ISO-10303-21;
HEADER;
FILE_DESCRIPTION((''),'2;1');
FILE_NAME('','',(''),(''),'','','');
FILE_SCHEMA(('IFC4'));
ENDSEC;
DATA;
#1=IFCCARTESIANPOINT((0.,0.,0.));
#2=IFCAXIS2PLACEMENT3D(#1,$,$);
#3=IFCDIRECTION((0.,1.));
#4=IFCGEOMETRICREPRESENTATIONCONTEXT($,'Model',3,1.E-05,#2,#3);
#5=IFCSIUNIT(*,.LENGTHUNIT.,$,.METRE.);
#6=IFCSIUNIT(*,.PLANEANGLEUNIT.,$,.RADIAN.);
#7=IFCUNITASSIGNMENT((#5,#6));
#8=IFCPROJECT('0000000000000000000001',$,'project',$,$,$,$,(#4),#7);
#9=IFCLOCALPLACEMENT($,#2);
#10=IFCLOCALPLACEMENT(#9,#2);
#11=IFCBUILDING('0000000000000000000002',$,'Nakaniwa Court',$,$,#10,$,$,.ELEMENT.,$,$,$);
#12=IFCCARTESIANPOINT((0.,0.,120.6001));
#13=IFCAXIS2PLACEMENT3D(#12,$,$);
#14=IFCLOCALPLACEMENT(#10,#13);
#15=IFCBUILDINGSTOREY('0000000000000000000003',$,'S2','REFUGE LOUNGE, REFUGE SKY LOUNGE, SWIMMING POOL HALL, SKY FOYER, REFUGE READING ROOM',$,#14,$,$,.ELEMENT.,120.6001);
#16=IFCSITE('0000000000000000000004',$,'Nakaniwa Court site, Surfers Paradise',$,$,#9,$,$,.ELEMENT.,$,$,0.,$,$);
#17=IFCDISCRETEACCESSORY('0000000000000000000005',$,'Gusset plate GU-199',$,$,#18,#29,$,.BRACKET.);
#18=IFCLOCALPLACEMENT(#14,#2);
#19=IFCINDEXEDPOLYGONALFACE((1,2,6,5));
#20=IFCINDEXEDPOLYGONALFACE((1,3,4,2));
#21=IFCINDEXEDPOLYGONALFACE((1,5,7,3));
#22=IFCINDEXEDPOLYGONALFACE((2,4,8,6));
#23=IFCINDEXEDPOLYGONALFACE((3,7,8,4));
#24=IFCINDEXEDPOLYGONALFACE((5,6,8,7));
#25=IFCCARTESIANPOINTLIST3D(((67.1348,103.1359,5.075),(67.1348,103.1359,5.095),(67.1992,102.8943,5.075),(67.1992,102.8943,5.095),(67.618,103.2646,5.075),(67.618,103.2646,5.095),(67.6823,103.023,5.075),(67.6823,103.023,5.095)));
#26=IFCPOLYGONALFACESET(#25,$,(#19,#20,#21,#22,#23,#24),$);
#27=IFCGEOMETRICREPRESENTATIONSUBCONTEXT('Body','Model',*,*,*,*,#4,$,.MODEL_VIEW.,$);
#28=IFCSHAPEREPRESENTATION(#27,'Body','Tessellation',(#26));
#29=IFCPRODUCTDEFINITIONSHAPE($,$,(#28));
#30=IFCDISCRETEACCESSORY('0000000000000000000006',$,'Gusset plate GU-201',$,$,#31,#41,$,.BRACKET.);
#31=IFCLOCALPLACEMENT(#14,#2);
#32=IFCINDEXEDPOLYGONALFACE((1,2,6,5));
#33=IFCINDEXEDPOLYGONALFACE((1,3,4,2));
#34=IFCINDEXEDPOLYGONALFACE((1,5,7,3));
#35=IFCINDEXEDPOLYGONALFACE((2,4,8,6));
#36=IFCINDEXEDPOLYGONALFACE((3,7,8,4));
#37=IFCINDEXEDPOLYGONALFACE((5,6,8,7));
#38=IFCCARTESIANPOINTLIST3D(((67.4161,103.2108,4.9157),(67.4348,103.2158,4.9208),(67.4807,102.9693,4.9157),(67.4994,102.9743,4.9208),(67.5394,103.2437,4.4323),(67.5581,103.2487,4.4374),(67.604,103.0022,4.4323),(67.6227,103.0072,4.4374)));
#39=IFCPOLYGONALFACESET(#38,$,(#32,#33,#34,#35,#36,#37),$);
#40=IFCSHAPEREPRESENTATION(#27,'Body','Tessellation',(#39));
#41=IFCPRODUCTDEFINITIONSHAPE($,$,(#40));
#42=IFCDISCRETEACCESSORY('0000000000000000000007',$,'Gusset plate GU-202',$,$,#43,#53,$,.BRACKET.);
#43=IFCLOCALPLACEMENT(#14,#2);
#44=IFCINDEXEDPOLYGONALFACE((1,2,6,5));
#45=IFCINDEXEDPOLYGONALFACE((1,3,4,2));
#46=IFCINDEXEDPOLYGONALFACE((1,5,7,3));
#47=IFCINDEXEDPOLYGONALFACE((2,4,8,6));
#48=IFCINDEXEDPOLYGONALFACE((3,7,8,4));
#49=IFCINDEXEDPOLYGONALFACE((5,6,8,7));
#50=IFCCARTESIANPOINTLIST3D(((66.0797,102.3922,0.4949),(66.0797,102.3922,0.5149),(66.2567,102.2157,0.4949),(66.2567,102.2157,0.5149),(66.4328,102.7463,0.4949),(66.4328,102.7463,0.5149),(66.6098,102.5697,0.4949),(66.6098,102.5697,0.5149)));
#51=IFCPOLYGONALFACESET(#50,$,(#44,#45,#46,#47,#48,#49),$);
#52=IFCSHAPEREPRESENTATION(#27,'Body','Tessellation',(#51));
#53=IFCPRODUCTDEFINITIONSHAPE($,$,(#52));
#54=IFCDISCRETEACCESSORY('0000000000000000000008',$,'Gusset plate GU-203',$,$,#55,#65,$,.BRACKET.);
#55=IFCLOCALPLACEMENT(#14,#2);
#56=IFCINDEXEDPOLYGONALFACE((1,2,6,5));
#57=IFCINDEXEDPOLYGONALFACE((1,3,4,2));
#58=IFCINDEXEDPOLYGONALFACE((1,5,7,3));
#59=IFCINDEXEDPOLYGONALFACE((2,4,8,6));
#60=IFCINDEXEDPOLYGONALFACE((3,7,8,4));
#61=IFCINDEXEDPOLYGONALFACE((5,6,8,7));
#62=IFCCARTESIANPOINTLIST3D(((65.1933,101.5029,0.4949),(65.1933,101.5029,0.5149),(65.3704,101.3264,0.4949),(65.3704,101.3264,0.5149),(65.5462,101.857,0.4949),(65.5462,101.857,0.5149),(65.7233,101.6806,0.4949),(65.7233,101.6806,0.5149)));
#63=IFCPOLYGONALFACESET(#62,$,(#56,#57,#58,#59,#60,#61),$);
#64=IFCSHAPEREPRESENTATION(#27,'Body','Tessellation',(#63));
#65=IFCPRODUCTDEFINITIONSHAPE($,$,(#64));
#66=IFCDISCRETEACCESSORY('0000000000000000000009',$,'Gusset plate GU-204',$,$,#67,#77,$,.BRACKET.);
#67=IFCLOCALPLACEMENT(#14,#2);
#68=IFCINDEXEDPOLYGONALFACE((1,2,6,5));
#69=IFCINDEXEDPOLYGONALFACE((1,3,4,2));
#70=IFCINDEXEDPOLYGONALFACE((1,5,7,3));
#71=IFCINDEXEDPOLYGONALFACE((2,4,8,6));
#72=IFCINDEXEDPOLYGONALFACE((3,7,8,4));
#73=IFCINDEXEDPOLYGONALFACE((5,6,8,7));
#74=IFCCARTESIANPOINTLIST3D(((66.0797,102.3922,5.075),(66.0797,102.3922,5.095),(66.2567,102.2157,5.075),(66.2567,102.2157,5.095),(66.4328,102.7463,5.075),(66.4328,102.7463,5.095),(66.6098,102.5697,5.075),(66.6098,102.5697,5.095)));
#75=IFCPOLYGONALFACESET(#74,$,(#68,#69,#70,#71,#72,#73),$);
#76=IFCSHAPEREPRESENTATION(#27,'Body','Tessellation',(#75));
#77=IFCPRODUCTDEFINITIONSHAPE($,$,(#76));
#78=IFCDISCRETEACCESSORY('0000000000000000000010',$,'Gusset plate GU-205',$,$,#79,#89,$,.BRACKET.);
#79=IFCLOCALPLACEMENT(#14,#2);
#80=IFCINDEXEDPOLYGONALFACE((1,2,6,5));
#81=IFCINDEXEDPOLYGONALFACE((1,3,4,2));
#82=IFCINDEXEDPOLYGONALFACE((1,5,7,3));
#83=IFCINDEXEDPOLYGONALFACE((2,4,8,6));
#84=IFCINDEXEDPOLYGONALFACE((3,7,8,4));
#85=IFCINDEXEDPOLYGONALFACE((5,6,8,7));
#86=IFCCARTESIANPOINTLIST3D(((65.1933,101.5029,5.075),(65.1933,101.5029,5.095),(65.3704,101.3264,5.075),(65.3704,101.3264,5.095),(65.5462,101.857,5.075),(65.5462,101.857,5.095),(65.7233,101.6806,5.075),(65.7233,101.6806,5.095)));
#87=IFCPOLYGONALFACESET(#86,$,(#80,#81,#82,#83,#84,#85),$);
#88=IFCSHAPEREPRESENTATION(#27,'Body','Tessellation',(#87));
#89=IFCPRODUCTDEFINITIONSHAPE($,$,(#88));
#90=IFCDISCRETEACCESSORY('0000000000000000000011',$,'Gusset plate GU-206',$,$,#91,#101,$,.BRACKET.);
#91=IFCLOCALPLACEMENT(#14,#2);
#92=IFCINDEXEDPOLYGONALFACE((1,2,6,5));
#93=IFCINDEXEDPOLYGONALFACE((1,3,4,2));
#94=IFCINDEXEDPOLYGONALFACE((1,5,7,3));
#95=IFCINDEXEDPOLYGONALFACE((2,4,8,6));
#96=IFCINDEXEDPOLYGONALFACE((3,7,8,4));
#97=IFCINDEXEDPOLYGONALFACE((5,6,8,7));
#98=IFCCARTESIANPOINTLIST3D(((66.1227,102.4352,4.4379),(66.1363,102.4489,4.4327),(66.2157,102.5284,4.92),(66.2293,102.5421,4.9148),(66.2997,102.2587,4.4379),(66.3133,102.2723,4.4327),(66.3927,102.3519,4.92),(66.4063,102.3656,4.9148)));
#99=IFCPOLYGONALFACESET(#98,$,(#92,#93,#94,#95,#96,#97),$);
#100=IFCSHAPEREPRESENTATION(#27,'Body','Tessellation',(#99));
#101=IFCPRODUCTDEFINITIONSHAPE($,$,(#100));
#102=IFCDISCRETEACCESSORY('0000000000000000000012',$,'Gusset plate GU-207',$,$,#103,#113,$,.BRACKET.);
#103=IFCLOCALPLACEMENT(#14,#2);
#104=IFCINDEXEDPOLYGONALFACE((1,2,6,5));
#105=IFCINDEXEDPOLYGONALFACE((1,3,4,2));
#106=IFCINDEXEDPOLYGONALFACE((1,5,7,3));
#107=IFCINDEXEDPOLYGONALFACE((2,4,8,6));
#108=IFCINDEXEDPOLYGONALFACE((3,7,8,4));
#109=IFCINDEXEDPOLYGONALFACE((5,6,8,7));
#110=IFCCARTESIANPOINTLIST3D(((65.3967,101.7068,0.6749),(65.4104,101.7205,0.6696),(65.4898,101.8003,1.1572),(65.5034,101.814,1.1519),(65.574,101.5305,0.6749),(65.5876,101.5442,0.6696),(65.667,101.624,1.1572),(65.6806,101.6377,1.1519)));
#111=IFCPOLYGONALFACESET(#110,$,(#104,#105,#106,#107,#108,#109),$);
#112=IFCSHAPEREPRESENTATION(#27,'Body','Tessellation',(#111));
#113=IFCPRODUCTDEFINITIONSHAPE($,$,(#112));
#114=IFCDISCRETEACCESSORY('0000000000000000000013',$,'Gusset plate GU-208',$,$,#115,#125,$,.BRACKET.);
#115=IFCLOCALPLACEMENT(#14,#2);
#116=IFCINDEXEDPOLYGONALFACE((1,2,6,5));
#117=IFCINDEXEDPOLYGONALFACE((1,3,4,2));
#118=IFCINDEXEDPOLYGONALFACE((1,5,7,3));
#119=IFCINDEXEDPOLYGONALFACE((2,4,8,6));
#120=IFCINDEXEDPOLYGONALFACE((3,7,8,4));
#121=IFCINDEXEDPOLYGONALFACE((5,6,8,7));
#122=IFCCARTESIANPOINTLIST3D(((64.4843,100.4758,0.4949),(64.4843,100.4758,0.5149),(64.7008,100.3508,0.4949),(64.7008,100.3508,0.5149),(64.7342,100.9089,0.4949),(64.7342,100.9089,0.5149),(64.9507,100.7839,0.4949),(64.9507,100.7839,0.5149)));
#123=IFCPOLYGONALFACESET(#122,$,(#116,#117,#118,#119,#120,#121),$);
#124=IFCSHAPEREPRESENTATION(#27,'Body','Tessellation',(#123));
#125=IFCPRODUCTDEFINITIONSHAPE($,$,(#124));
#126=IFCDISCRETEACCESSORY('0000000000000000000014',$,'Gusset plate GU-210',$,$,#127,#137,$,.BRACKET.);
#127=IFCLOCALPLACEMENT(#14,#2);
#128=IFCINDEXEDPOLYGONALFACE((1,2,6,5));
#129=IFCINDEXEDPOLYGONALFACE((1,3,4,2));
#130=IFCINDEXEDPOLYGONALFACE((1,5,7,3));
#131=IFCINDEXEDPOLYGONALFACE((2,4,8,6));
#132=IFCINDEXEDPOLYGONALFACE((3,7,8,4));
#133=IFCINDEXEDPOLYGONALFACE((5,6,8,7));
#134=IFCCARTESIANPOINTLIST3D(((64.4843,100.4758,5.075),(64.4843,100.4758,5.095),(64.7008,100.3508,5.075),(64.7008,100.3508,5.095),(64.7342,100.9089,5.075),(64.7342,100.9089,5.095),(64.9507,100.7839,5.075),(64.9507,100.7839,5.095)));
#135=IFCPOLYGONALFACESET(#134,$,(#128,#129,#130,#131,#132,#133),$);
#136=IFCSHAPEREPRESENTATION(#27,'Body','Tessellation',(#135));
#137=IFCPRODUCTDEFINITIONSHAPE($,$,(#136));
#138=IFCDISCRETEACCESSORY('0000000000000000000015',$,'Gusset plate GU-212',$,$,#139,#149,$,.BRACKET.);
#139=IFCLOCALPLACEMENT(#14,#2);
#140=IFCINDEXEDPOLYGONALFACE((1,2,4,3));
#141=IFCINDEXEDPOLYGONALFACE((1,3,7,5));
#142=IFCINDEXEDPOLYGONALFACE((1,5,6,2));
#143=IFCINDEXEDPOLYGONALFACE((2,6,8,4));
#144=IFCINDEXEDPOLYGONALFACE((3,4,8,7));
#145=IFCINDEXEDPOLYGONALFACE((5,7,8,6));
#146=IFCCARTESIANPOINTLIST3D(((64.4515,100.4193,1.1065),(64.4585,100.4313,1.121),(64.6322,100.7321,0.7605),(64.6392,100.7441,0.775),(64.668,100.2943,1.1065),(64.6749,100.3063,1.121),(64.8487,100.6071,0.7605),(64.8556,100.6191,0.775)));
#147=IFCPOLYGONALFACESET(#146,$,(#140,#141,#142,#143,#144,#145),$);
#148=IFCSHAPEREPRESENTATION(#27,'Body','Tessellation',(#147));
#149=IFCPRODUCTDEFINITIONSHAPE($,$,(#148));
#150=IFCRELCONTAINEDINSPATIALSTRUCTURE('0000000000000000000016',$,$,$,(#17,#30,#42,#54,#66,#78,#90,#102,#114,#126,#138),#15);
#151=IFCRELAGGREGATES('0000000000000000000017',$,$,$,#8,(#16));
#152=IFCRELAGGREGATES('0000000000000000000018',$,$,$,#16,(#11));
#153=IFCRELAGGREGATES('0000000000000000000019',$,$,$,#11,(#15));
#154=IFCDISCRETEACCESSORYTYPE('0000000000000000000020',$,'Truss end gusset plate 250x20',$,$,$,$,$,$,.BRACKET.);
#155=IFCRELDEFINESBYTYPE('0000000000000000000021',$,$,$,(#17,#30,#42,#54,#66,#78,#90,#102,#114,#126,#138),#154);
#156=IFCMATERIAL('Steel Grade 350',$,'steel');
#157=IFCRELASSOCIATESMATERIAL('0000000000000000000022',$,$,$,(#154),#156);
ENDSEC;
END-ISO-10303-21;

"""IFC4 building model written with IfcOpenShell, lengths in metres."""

from ifc_helpers import new_model, si_unit, direction, frame, origin, origin_2d, place, context, subcontext, project, spatial, rectangle, extrude, material, material_profile, profile_set, type_object, element, save


model = new_model("IFC4")

# Units and contexts
model_context = context("Model", 3, precision=1e-05, world=origin(), true_north=direction((0.0, 1.0)))
body_context = subcontext(model_context, "Body", "Model", "MODEL_VIEW")
ifc_project = project(units=[si_unit("LENGTHUNIT", "METRE"), si_unit("PLANEANGLEUNIT", "RADIAN")], contexts=[model_context])

# Site, building, storey
site_placement = place(None, origin())
site = spatial("IfcSite", under=ifc_project, at=site_placement, Name="Nakaniwa Court site, Surfers Paradise", CompositionType="ELEMENT", RefElevation=0.0)
building_placement = place(site_placement, origin())
building = spatial("IfcBuilding", under=site, at=building_placement, Name="Nakaniwa Court", CompositionType="ELEMENT")
storey_placement = place(building_placement, frame((0.0, 0.0, 120.6001)))
storey = spatial("IfcBuildingStorey", under=building, at=storey_placement, Name="S2", Description="REFUGE LOUNGE, REFUGE SKY LOUNGE, SWIMMING POOL HALL, SKY FOYER, REFUGE READING ROOM", CompositionType="ELEMENT", Elevation=120.6001)

# Shared definitions
ifc_material_1 = material(Name="Steel Grade 350", Category="steel")

# Discrete accessories
ifc_material_profile_1 = material_profile(ifc_material_1, rectangle(XDim=0.25, YDim=0.02, at=origin_2d()), Name="Truss end gusset plate 250x20")
ifc_profile_set_1 = profile_set([ifc_material_profile_1], Name="Steel Grade 350")
discrete_accessory_type = type_object("IfcDiscreteAccessoryType", Name="Truss end gusset plate 250x20", PredefinedType="BRACKET", material=ifc_profile_set_1)
for number, where, z_axis, x_axis, name in (
    (1, (67.6501, 103.1438, 5.085), (-0.966324, -0.257328, 0.0), (0.257328, -0.966324, 0.0), "Gusset plate GU-199"),
    (2, (67.5811, 103.1255, 4.4348), (-0.246601, -0.065923, 0.966872), (0.258258, -0.966076, 0.0), "Gusset plate GU-201"),
    (3, (66.1682, 102.304, 0.5049), (0.706129, 0.708083, 0.0), (-0.708083, 0.706129, 0.0), "Gusset plate GU-202"),
    (4, (65.6348, 101.7688, 0.5049), (-0.705885, -0.708326, 0.0), (0.708326, -0.705885, 0.0), "Gusset plate GU-203"),
    (5, (66.1682, 102.304, 5.085), (0.706129, 0.708083, 0.0), (-0.708083, 0.706129, 0.0), "Gusset plate GU-204"),
    (6, (65.6348, 101.7688, 5.085), (-0.705885, -0.708326, 0.0), (0.708326, -0.705885, 0.0), "Gusset plate GU-205"),
):
    element("IfcDiscreteAccessory", number, at=place(storey_placement, frame(where, z_axis=z_axis, x_axis=x_axis)), inside=storey, type_object=discrete_accessory_type, Name=name, PredefinedType="BRACKET", context=body_context, shape_type="SweptSolid", body=[
        extrude(rectangle(XDim=0.25, YDim=0.02, at=origin_2d()), origin(), (0.0, 0.0, 1.0), 0.5),
    ])
discrete_accessory_1_placement = place(storey_placement, frame((66.218, 102.3538, 4.4353), z_axis=(0.186093, 0.186581, 0.964654), x_axis=(-0.708033, 0.706179, 0.0)))
element("IfcDiscreteAccessory", 7, at=discrete_accessory_1_placement, inside=storey, type_object=discrete_accessory_type, Name="Gusset plate GU-206", PredefinedType="BRACKET", context=body_context, shape_type="SweptSolid", body=[
    extrude(rectangle(XDim=0.25, YDim=0.02, at=origin_2d()), origin(), (0.0, 0.0, 1.0), 0.4998),
])
for number, where, z_axis, x_axis, name in (
    (8, (65.5852, 101.719, 1.1545), (-0.186076, -0.187053, -0.964566), (0.708955, -0.705253, 0.0), "Gusset plate GU-207"),
    (9, (64.5925, 100.4133, 0.5049), (0.49992, 0.866072, 0.0), (-0.866072, 0.49992, 0.0), "Gusset plate GU-208"),
    (10, (64.5925, 100.4133, 5.085), (0.49992, 0.866072, 0.0), (-0.866072, 0.49992, 0.0), "Gusset plate GU-210"),
):
    element("IfcDiscreteAccessory", number, at=place(storey_placement, frame(where, z_axis=z_axis, x_axis=x_axis)), inside=storey, type_object=discrete_accessory_type, Name=name, PredefinedType="BRACKET", context=body_context, shape_type="SweptSolid", body=[
        extrude(rectangle(XDim=0.25, YDim=0.02, at=origin_2d()), origin(), (0.0, 0.0, 1.0), 0.5),
    ])
discrete_accessory_2_placement = place(storey_placement, frame((64.5632, 100.3628, 1.1138), z_axis=(0.361236, 0.625328, -0.691718), x_axis=(-0.865904, 0.50021, 0.0)))
element("IfcDiscreteAccessory", 11, at=discrete_accessory_2_placement, inside=storey, type_object=discrete_accessory_type, Name="Gusset plate GU-212", PredefinedType="BRACKET", context=body_context, shape_type="SweptSolid", body=[
    extrude(rectangle(XDim=0.25, YDim=0.02, at=origin_2d()), origin(), (0.0, 0.0, 1.0), 0.5002),
])

save(model, "model.ifc")
